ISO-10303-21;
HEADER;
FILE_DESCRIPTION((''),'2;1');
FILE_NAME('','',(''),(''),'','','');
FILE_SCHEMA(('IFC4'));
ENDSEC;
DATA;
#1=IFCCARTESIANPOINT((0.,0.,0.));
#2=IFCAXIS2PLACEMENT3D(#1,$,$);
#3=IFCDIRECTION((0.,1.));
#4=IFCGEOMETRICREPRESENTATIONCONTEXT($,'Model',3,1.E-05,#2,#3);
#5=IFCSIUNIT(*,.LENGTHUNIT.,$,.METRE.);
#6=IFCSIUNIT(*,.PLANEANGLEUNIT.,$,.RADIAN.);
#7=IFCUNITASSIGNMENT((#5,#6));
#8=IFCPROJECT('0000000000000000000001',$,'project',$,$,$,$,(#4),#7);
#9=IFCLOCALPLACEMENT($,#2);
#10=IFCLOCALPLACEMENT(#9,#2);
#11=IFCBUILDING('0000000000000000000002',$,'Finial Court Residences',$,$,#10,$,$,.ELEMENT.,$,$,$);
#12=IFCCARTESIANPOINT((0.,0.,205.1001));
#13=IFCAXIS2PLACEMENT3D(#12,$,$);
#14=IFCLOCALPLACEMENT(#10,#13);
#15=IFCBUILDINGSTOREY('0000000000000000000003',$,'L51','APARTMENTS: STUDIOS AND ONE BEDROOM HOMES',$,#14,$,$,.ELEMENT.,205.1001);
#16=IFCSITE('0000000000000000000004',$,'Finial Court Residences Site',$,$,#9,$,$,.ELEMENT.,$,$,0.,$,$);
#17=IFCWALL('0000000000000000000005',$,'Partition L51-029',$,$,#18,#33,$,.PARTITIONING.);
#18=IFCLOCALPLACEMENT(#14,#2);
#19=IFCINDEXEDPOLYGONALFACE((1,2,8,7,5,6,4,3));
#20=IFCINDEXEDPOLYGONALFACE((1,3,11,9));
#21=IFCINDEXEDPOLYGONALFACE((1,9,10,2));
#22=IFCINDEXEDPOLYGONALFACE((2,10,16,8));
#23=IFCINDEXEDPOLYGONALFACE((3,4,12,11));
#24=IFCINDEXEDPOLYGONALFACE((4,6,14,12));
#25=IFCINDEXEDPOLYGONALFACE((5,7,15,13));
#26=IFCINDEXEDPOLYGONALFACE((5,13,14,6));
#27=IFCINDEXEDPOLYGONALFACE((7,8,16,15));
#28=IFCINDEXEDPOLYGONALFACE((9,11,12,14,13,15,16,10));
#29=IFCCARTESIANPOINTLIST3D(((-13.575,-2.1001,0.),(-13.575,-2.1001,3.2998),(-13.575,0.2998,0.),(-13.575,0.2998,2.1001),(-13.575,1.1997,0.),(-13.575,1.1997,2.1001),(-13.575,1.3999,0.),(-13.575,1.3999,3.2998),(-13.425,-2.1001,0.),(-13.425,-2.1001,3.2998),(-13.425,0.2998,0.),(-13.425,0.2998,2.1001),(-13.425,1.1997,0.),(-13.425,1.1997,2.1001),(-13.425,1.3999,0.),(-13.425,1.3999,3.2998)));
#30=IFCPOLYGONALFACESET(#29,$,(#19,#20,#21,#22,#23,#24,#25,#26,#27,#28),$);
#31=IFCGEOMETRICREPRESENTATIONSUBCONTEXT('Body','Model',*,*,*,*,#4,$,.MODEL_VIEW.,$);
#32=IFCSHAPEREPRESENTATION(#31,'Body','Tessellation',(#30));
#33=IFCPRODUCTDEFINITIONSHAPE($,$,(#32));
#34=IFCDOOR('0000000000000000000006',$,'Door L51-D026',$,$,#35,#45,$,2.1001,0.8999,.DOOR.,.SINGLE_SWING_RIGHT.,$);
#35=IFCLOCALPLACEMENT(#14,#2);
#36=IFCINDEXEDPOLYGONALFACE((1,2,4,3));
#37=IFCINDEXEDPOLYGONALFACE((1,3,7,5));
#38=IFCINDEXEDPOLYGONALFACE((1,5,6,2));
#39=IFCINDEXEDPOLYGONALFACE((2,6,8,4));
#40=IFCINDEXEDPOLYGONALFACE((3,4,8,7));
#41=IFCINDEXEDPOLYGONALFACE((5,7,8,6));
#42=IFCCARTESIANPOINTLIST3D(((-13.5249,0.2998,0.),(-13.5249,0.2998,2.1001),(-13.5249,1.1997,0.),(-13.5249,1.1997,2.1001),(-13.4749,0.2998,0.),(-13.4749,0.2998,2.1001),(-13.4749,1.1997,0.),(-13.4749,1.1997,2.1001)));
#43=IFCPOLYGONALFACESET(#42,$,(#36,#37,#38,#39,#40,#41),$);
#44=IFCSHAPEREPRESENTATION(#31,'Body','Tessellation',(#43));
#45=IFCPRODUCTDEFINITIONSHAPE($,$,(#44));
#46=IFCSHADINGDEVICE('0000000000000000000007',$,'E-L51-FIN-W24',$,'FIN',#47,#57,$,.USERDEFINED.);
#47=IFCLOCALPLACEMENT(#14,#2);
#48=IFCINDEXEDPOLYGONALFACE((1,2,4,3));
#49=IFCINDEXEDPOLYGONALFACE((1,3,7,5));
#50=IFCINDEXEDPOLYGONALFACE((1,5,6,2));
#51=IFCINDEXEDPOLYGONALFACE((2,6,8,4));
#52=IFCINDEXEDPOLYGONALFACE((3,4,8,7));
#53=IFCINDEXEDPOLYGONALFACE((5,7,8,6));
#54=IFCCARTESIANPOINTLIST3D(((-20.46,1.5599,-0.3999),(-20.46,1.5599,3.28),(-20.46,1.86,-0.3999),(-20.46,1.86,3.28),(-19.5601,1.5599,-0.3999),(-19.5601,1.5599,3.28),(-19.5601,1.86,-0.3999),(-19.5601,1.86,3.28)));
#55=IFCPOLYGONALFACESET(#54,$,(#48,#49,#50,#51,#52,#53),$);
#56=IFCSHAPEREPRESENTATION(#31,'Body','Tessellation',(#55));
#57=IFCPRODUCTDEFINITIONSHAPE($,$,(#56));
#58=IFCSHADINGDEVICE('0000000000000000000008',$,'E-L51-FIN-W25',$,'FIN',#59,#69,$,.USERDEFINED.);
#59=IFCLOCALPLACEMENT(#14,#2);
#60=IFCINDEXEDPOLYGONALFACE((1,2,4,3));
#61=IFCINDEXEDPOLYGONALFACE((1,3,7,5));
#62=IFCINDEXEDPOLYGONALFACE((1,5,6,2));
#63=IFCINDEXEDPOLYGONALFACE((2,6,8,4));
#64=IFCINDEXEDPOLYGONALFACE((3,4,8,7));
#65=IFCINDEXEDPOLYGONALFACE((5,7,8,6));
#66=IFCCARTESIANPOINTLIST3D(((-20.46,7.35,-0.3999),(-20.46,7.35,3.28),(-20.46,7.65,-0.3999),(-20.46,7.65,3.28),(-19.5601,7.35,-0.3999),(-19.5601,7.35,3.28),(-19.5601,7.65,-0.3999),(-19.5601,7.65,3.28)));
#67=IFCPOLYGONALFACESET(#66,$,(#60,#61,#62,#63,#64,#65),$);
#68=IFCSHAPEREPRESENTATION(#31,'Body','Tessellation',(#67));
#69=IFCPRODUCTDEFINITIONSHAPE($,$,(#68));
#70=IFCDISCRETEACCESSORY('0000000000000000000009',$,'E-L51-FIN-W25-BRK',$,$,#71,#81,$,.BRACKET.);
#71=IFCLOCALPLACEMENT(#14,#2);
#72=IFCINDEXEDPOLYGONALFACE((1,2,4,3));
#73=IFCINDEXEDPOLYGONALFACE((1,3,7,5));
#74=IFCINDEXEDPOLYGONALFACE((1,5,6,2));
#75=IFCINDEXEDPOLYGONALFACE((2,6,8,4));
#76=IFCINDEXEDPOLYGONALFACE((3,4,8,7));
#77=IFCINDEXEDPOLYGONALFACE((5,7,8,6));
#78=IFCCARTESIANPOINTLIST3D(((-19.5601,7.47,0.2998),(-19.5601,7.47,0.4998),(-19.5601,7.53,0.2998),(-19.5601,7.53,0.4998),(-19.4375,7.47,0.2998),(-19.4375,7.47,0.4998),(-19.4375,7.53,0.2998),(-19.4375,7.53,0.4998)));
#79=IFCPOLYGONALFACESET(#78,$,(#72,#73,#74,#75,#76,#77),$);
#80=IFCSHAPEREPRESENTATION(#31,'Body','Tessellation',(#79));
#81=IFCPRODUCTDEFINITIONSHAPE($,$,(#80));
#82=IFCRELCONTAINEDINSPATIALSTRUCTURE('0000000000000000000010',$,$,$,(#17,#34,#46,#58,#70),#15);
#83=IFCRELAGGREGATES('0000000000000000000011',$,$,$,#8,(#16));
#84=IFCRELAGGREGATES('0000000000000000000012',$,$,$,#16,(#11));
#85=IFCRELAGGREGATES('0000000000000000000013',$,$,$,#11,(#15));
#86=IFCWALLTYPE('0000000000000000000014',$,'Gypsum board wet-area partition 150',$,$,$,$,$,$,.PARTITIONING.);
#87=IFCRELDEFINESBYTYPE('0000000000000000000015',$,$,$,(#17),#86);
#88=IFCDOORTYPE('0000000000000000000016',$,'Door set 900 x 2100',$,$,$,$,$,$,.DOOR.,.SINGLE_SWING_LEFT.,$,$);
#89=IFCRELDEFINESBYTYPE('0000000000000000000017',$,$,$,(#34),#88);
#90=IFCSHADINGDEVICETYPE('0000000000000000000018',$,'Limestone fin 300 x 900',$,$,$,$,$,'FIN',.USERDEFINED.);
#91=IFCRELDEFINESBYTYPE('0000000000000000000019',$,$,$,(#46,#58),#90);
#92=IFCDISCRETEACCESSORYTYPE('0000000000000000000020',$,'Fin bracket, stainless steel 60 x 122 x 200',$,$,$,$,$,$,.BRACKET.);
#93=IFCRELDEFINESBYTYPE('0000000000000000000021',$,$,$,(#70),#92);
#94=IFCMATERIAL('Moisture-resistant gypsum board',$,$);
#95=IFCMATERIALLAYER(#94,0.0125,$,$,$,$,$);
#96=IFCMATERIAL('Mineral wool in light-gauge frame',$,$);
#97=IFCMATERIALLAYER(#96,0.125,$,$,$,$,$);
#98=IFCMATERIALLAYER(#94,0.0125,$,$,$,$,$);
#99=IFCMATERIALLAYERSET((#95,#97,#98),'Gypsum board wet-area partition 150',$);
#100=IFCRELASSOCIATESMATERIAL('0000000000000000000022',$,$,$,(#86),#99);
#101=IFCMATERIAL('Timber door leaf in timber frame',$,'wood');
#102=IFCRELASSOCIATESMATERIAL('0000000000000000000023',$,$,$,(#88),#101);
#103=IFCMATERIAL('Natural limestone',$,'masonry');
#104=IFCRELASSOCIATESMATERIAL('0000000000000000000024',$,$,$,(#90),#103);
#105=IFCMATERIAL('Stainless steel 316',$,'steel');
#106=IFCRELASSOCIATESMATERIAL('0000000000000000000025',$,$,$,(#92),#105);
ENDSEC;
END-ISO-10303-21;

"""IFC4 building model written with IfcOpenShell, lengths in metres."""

from ifc_helpers import new_model, si_unit, direction, frame, frame_2d, origin, origin_2d, place, context, subcontext, project, spatial, rectangle, extrude, material, layer, layer_set, type_object, element, fill, save


model = new_model("IFC4")

# Units and contexts
model_context = context("Model", 3, precision=1e-05, world=origin(), true_north=direction((0.0, 1.0)))
body_context = subcontext(model_context, "Body", "Model", "MODEL_VIEW")
ifc_project = project(units=[si_unit("LENGTHUNIT", "METRE"), si_unit("PLANEANGLEUNIT", "RADIAN")], contexts=[model_context])

# Site, building, storey
site_placement = place(None, origin())
site = spatial("IfcSite", under=ifc_project, at=site_placement, Name="Finial Court Residences Site", CompositionType="ELEMENT", RefElevation=0.0)
building_placement = place(site_placement, origin())
building = spatial("IfcBuilding", under=site, at=building_placement, Name="Finial Court Residences", CompositionType="ELEMENT")
storey_placement = place(building_placement, frame((0.0, 0.0, 205.1001)))
storey = spatial("IfcBuildingStorey", under=building, at=storey_placement, Name="L51", Description="APARTMENTS: STUDIOS AND ONE BEDROOM HOMES", CompositionType="ELEMENT", Elevation=205.1001)

# Shared definitions
ifc_material_1 = material(Name="Moisture-resistant gypsum board")
ifc_layer_1 = layer(ifc_material_1, 0.0125)
ifc_material_2 = material(Name="Mineral wool in light-gauge frame")
ifc_layer_2 = layer(ifc_material_2, 0.125)
ifc_layer_3 = layer(ifc_material_1, 0.0125)
ifc_layer_set_1 = layer_set([ifc_layer_1, ifc_layer_2, ifc_layer_3], Name="Gypsum board wet-area partition 150")
wall_type_1 = type_object("IfcWallType", Name="Gypsum board wet-area partition 150", PredefinedType="PARTITIONING", material=ifc_layer_set_1)
ifc_material_3 = material(Name="Timber door leaf in timber frame", Category="wood")
door_type_1 = type_object("IfcDoorType", Name="Door set 900 x 2100", OperationType="SINGLE_SWING_LEFT", PredefinedType="DOOR", material=ifc_material_3)

# Wall, opening, door
wall_1_placement = place(storey_placement, frame((-13.5, -2.1001, 0.0), z_axis=(0.0, 0.0, 1.0), x_axis=(0.0, 1.0, 0.0)))
wall_1 = element("IfcWall", 1, at=wall_1_placement, inside=storey, type_object=wall_type_1, Name="Partition L51-029", PredefinedType="PARTITIONING", context=body_context, shape_type="SweptSolid", body=[
    extrude(rectangle(XDim=3.5, YDim=0.1499, at=frame_2d((1.75, 0.0))), origin(), (0.0, 0.0, 1.0), 3.2998),
])
opening_1_placement = place(wall_1_placement, frame((2.3999, 0.0, 0.0)))
opening_1 = element("IfcOpeningElement", 2, at=opening_1_placement, cuts=wall_1, PredefinedType="OPENING", context=body_context, shape_type="SweptSolid", body=[
    extrude(rectangle(XDim=0.8999, YDim=2.1001, at=frame_2d((0.45, 1.05))), frame((0.0, 0.085, 0.0), z_axis=(0.0, -1.0, 0.0), x_axis=(1.0, 0.0, 0.0)), (0.0, 0.0, 1.0), 0.1699),
])
door_1_placement = place(opening_1_placement, origin())
door_1 = element("IfcDoor", 3, at=door_1_placement, inside=storey, type_object=door_type_1, Name="Door L51-D026", OperationType="SINGLE_SWING_RIGHT", OverallHeight=2.1001, OverallWidth=0.8999, PredefinedType="DOOR", context=body_context, shape_type="SweptSolid", body=[
    extrude(rectangle(XDim=0.8999, YDim=2.1001, at=frame_2d((0.45, 1.05))), frame((0.0, 0.0249, 0.0), z_axis=(0.0, -1.0, 0.0), x_axis=(1.0, 0.0, 0.0)), (0.0, 0.0, 1.0), 0.05),
])
fill(opening_1, door_1)

# Shading devices
ifc_material_4 = material(Name="Natural limestone", Category="masonry")
shading_device_type = type_object("IfcShadingDeviceType", Name="Limestone fin 300 x 900", ElementType="FIN", PredefinedType="USERDEFINED", material=ifc_material_4)
for number, where, z_axis, x_axis, name in (
    (4, (-20.01, 1.71, -0.3999), (0.0, 0.0, 1.0), (1.0, 0.0, 0.0), "E-L51-FIN-W24"),
    (5, (-20.01, 7.5, -0.3999), (0.0, 0.0, 1.0), (1.0, 0.0, 0.0), "E-L51-FIN-W25"),
):
    element("IfcShadingDevice", number, at=place(storey_placement, frame(where, z_axis=z_axis, x_axis=x_axis)), inside=storey, type_object=shading_device_type, Name=name, ObjectType="FIN", PredefinedType="USERDEFINED", context=body_context, shape_type="SweptSolid", body=[
        extrude(rectangle(XDim=0.8999, YDim=0.3, at=origin_2d()), origin(), (0.0, 0.0, 1.0), 3.6799),
    ])

# Discrete accessory
ifc_material_5 = material(Name="Stainless steel 316", Category="steel")
discrete_accessory_type = type_object("IfcDiscreteAccessoryType", Name="Fin bracket, stainless steel 60 x 122 x 200", PredefinedType="BRACKET", material=ifc_material_5)
discrete_accessory_placement = place(storey_placement, frame((-19.4988, 7.5, 0.2998), z_axis=(0.0, 0.0, 1.0), x_axis=(1.0, 0.0, 0.0)))
element("IfcDiscreteAccessory", 6, at=discrete_accessory_placement, inside=storey, type_object=discrete_accessory_type, Name="E-L51-FIN-W25-BRK", PredefinedType="BRACKET", context=body_context, shape_type="SweptSolid", body=[
    extrude(rectangle(XDim=0.1226, YDim=0.0601, at=origin_2d()), origin(), (0.0, 0.0, 1.0), 0.2),
])

save(model, "model.ifc")
